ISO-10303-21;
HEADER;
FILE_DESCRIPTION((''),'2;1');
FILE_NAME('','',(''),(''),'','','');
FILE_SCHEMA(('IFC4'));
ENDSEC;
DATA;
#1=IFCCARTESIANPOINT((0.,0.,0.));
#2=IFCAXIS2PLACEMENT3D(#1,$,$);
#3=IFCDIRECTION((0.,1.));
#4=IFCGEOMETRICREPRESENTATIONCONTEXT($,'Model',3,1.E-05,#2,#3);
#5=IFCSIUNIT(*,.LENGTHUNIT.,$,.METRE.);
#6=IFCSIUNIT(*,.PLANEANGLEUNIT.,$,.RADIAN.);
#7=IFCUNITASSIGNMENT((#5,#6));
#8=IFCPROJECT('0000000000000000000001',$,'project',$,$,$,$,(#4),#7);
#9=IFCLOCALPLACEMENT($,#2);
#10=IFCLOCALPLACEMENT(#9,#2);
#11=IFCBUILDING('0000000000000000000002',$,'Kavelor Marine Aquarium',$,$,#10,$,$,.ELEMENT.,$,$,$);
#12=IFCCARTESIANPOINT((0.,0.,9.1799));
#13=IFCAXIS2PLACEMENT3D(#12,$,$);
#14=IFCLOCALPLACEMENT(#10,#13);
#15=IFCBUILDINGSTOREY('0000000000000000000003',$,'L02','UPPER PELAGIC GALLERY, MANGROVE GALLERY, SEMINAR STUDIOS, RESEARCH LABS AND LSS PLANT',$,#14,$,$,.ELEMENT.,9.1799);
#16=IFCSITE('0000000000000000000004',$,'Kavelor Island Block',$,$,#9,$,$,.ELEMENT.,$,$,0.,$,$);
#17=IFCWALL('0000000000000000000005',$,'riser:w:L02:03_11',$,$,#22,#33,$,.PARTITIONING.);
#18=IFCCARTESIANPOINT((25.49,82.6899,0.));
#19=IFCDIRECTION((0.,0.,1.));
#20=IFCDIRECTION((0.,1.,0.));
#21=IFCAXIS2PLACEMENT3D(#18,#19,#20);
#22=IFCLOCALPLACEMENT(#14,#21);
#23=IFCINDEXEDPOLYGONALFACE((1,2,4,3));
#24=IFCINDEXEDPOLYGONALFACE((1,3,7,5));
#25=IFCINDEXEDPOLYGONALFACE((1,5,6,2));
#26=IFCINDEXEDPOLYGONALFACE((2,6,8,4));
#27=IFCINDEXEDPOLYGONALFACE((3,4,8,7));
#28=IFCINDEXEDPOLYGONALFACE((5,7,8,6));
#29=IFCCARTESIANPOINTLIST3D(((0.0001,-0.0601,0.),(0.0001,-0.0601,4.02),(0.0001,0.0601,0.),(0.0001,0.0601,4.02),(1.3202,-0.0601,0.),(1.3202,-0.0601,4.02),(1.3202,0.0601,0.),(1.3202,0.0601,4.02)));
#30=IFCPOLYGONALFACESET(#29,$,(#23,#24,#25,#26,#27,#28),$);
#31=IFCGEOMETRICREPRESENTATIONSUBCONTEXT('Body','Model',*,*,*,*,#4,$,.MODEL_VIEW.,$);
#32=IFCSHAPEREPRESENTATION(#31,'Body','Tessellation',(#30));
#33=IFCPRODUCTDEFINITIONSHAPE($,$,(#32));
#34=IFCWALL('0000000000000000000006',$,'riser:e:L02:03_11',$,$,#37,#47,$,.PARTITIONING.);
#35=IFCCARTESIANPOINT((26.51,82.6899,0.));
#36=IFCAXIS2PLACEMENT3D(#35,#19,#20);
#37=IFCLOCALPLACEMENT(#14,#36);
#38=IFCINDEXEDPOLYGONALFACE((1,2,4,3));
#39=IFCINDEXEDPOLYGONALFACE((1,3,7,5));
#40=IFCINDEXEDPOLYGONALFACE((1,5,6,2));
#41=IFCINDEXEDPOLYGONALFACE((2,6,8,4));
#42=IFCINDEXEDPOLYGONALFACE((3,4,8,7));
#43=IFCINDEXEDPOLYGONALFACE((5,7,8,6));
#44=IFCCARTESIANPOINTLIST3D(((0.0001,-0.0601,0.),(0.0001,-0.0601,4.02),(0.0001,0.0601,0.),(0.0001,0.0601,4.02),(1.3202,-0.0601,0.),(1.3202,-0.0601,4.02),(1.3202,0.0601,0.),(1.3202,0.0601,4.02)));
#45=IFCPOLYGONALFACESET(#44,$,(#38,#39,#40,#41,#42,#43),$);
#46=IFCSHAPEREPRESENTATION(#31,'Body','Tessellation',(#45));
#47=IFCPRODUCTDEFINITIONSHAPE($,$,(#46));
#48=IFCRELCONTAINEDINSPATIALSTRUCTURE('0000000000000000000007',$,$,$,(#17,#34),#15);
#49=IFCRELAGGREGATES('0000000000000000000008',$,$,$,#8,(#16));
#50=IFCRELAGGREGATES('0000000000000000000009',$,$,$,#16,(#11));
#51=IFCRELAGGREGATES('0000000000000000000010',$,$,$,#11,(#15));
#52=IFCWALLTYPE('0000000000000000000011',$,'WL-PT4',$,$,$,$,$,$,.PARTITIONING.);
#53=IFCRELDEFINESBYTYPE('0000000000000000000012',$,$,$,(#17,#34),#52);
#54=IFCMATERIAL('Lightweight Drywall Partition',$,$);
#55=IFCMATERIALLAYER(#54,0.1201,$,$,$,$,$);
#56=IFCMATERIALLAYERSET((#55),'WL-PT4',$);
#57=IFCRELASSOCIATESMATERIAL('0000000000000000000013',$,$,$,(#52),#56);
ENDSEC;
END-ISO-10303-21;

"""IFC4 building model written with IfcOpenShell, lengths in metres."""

from ifc_helpers import new_model, si_unit, direction, frame, frame_2d, origin, place, context, subcontext, project, spatial, rectangle, extrude, material, layer, layer_set, type_object, element, save


model = new_model("IFC4")

# Units and contexts
model_context = context("Model", 3, precision=1e-05, world=origin(), true_north=direction((0.0, 1.0)))
body_context = subcontext(model_context, "Body", "Model", "MODEL_VIEW")
ifc_project = project(units=[si_unit("LENGTHUNIT", "METRE"), si_unit("PLANEANGLEUNIT", "RADIAN")], contexts=[model_context])

# Site, building, storey
site_placement = place(None, origin())
site = spatial("IfcSite", under=ifc_project, at=site_placement, Name="Kavelor Island Block", CompositionType="ELEMENT", RefElevation=0.0)
building_placement = place(site_placement, origin())
building = spatial("IfcBuilding", under=site, at=building_placement, Name="Kavelor Marine Aquarium", CompositionType="ELEMENT")
storey_placement = place(building_placement, frame((0.0, 0.0, 9.1799)))
storey = spatial("IfcBuildingStorey", under=building, at=storey_placement, Name="L02", Description="UPPER PELAGIC GALLERY, MANGROVE GALLERY, SEMINAR STUDIOS, RESEARCH LABS AND LSS PLANT", CompositionType="ELEMENT", Elevation=9.1799)

# Walls
ifc_material_1 = material(Name="Lightweight Drywall Partition")
ifc_layer_1 = layer(ifc_material_1, 0.1201)
ifc_layer_set_1 = layer_set([ifc_layer_1], Name="WL-PT4")
wall_type_1 = type_object("IfcWallType", Name="WL-PT4", PredefinedType="PARTITIONING", material=ifc_layer_set_1)
for number, where, z_axis, x_axis, name in (
    (1, (25.49, 82.6899, 0.0), (0.0, 0.0, 1.0), (0.0, 1.0, 0.0), "riser:w:L02:03_11"),
    (2, (26.51, 82.6899, 0.0), (0.0, 0.0, 1.0), (0.0, 1.0, 0.0), "riser:e:L02:03_11"),
):
    element("IfcWall", number, at=place(storey_placement, frame(where, z_axis=z_axis, x_axis=x_axis)), inside=storey, type_object=wall_type_1, Name=name, PredefinedType="PARTITIONING", context=body_context, shape_type="SweptSolid", body=[
        extrude(rectangle(XDim=1.3201, YDim=0.1201, at=frame_2d((0.6602, 0.0))), origin(), (0.0, 0.0, 1.0), 4.02),
    ])

save(model, "model.ifc")
